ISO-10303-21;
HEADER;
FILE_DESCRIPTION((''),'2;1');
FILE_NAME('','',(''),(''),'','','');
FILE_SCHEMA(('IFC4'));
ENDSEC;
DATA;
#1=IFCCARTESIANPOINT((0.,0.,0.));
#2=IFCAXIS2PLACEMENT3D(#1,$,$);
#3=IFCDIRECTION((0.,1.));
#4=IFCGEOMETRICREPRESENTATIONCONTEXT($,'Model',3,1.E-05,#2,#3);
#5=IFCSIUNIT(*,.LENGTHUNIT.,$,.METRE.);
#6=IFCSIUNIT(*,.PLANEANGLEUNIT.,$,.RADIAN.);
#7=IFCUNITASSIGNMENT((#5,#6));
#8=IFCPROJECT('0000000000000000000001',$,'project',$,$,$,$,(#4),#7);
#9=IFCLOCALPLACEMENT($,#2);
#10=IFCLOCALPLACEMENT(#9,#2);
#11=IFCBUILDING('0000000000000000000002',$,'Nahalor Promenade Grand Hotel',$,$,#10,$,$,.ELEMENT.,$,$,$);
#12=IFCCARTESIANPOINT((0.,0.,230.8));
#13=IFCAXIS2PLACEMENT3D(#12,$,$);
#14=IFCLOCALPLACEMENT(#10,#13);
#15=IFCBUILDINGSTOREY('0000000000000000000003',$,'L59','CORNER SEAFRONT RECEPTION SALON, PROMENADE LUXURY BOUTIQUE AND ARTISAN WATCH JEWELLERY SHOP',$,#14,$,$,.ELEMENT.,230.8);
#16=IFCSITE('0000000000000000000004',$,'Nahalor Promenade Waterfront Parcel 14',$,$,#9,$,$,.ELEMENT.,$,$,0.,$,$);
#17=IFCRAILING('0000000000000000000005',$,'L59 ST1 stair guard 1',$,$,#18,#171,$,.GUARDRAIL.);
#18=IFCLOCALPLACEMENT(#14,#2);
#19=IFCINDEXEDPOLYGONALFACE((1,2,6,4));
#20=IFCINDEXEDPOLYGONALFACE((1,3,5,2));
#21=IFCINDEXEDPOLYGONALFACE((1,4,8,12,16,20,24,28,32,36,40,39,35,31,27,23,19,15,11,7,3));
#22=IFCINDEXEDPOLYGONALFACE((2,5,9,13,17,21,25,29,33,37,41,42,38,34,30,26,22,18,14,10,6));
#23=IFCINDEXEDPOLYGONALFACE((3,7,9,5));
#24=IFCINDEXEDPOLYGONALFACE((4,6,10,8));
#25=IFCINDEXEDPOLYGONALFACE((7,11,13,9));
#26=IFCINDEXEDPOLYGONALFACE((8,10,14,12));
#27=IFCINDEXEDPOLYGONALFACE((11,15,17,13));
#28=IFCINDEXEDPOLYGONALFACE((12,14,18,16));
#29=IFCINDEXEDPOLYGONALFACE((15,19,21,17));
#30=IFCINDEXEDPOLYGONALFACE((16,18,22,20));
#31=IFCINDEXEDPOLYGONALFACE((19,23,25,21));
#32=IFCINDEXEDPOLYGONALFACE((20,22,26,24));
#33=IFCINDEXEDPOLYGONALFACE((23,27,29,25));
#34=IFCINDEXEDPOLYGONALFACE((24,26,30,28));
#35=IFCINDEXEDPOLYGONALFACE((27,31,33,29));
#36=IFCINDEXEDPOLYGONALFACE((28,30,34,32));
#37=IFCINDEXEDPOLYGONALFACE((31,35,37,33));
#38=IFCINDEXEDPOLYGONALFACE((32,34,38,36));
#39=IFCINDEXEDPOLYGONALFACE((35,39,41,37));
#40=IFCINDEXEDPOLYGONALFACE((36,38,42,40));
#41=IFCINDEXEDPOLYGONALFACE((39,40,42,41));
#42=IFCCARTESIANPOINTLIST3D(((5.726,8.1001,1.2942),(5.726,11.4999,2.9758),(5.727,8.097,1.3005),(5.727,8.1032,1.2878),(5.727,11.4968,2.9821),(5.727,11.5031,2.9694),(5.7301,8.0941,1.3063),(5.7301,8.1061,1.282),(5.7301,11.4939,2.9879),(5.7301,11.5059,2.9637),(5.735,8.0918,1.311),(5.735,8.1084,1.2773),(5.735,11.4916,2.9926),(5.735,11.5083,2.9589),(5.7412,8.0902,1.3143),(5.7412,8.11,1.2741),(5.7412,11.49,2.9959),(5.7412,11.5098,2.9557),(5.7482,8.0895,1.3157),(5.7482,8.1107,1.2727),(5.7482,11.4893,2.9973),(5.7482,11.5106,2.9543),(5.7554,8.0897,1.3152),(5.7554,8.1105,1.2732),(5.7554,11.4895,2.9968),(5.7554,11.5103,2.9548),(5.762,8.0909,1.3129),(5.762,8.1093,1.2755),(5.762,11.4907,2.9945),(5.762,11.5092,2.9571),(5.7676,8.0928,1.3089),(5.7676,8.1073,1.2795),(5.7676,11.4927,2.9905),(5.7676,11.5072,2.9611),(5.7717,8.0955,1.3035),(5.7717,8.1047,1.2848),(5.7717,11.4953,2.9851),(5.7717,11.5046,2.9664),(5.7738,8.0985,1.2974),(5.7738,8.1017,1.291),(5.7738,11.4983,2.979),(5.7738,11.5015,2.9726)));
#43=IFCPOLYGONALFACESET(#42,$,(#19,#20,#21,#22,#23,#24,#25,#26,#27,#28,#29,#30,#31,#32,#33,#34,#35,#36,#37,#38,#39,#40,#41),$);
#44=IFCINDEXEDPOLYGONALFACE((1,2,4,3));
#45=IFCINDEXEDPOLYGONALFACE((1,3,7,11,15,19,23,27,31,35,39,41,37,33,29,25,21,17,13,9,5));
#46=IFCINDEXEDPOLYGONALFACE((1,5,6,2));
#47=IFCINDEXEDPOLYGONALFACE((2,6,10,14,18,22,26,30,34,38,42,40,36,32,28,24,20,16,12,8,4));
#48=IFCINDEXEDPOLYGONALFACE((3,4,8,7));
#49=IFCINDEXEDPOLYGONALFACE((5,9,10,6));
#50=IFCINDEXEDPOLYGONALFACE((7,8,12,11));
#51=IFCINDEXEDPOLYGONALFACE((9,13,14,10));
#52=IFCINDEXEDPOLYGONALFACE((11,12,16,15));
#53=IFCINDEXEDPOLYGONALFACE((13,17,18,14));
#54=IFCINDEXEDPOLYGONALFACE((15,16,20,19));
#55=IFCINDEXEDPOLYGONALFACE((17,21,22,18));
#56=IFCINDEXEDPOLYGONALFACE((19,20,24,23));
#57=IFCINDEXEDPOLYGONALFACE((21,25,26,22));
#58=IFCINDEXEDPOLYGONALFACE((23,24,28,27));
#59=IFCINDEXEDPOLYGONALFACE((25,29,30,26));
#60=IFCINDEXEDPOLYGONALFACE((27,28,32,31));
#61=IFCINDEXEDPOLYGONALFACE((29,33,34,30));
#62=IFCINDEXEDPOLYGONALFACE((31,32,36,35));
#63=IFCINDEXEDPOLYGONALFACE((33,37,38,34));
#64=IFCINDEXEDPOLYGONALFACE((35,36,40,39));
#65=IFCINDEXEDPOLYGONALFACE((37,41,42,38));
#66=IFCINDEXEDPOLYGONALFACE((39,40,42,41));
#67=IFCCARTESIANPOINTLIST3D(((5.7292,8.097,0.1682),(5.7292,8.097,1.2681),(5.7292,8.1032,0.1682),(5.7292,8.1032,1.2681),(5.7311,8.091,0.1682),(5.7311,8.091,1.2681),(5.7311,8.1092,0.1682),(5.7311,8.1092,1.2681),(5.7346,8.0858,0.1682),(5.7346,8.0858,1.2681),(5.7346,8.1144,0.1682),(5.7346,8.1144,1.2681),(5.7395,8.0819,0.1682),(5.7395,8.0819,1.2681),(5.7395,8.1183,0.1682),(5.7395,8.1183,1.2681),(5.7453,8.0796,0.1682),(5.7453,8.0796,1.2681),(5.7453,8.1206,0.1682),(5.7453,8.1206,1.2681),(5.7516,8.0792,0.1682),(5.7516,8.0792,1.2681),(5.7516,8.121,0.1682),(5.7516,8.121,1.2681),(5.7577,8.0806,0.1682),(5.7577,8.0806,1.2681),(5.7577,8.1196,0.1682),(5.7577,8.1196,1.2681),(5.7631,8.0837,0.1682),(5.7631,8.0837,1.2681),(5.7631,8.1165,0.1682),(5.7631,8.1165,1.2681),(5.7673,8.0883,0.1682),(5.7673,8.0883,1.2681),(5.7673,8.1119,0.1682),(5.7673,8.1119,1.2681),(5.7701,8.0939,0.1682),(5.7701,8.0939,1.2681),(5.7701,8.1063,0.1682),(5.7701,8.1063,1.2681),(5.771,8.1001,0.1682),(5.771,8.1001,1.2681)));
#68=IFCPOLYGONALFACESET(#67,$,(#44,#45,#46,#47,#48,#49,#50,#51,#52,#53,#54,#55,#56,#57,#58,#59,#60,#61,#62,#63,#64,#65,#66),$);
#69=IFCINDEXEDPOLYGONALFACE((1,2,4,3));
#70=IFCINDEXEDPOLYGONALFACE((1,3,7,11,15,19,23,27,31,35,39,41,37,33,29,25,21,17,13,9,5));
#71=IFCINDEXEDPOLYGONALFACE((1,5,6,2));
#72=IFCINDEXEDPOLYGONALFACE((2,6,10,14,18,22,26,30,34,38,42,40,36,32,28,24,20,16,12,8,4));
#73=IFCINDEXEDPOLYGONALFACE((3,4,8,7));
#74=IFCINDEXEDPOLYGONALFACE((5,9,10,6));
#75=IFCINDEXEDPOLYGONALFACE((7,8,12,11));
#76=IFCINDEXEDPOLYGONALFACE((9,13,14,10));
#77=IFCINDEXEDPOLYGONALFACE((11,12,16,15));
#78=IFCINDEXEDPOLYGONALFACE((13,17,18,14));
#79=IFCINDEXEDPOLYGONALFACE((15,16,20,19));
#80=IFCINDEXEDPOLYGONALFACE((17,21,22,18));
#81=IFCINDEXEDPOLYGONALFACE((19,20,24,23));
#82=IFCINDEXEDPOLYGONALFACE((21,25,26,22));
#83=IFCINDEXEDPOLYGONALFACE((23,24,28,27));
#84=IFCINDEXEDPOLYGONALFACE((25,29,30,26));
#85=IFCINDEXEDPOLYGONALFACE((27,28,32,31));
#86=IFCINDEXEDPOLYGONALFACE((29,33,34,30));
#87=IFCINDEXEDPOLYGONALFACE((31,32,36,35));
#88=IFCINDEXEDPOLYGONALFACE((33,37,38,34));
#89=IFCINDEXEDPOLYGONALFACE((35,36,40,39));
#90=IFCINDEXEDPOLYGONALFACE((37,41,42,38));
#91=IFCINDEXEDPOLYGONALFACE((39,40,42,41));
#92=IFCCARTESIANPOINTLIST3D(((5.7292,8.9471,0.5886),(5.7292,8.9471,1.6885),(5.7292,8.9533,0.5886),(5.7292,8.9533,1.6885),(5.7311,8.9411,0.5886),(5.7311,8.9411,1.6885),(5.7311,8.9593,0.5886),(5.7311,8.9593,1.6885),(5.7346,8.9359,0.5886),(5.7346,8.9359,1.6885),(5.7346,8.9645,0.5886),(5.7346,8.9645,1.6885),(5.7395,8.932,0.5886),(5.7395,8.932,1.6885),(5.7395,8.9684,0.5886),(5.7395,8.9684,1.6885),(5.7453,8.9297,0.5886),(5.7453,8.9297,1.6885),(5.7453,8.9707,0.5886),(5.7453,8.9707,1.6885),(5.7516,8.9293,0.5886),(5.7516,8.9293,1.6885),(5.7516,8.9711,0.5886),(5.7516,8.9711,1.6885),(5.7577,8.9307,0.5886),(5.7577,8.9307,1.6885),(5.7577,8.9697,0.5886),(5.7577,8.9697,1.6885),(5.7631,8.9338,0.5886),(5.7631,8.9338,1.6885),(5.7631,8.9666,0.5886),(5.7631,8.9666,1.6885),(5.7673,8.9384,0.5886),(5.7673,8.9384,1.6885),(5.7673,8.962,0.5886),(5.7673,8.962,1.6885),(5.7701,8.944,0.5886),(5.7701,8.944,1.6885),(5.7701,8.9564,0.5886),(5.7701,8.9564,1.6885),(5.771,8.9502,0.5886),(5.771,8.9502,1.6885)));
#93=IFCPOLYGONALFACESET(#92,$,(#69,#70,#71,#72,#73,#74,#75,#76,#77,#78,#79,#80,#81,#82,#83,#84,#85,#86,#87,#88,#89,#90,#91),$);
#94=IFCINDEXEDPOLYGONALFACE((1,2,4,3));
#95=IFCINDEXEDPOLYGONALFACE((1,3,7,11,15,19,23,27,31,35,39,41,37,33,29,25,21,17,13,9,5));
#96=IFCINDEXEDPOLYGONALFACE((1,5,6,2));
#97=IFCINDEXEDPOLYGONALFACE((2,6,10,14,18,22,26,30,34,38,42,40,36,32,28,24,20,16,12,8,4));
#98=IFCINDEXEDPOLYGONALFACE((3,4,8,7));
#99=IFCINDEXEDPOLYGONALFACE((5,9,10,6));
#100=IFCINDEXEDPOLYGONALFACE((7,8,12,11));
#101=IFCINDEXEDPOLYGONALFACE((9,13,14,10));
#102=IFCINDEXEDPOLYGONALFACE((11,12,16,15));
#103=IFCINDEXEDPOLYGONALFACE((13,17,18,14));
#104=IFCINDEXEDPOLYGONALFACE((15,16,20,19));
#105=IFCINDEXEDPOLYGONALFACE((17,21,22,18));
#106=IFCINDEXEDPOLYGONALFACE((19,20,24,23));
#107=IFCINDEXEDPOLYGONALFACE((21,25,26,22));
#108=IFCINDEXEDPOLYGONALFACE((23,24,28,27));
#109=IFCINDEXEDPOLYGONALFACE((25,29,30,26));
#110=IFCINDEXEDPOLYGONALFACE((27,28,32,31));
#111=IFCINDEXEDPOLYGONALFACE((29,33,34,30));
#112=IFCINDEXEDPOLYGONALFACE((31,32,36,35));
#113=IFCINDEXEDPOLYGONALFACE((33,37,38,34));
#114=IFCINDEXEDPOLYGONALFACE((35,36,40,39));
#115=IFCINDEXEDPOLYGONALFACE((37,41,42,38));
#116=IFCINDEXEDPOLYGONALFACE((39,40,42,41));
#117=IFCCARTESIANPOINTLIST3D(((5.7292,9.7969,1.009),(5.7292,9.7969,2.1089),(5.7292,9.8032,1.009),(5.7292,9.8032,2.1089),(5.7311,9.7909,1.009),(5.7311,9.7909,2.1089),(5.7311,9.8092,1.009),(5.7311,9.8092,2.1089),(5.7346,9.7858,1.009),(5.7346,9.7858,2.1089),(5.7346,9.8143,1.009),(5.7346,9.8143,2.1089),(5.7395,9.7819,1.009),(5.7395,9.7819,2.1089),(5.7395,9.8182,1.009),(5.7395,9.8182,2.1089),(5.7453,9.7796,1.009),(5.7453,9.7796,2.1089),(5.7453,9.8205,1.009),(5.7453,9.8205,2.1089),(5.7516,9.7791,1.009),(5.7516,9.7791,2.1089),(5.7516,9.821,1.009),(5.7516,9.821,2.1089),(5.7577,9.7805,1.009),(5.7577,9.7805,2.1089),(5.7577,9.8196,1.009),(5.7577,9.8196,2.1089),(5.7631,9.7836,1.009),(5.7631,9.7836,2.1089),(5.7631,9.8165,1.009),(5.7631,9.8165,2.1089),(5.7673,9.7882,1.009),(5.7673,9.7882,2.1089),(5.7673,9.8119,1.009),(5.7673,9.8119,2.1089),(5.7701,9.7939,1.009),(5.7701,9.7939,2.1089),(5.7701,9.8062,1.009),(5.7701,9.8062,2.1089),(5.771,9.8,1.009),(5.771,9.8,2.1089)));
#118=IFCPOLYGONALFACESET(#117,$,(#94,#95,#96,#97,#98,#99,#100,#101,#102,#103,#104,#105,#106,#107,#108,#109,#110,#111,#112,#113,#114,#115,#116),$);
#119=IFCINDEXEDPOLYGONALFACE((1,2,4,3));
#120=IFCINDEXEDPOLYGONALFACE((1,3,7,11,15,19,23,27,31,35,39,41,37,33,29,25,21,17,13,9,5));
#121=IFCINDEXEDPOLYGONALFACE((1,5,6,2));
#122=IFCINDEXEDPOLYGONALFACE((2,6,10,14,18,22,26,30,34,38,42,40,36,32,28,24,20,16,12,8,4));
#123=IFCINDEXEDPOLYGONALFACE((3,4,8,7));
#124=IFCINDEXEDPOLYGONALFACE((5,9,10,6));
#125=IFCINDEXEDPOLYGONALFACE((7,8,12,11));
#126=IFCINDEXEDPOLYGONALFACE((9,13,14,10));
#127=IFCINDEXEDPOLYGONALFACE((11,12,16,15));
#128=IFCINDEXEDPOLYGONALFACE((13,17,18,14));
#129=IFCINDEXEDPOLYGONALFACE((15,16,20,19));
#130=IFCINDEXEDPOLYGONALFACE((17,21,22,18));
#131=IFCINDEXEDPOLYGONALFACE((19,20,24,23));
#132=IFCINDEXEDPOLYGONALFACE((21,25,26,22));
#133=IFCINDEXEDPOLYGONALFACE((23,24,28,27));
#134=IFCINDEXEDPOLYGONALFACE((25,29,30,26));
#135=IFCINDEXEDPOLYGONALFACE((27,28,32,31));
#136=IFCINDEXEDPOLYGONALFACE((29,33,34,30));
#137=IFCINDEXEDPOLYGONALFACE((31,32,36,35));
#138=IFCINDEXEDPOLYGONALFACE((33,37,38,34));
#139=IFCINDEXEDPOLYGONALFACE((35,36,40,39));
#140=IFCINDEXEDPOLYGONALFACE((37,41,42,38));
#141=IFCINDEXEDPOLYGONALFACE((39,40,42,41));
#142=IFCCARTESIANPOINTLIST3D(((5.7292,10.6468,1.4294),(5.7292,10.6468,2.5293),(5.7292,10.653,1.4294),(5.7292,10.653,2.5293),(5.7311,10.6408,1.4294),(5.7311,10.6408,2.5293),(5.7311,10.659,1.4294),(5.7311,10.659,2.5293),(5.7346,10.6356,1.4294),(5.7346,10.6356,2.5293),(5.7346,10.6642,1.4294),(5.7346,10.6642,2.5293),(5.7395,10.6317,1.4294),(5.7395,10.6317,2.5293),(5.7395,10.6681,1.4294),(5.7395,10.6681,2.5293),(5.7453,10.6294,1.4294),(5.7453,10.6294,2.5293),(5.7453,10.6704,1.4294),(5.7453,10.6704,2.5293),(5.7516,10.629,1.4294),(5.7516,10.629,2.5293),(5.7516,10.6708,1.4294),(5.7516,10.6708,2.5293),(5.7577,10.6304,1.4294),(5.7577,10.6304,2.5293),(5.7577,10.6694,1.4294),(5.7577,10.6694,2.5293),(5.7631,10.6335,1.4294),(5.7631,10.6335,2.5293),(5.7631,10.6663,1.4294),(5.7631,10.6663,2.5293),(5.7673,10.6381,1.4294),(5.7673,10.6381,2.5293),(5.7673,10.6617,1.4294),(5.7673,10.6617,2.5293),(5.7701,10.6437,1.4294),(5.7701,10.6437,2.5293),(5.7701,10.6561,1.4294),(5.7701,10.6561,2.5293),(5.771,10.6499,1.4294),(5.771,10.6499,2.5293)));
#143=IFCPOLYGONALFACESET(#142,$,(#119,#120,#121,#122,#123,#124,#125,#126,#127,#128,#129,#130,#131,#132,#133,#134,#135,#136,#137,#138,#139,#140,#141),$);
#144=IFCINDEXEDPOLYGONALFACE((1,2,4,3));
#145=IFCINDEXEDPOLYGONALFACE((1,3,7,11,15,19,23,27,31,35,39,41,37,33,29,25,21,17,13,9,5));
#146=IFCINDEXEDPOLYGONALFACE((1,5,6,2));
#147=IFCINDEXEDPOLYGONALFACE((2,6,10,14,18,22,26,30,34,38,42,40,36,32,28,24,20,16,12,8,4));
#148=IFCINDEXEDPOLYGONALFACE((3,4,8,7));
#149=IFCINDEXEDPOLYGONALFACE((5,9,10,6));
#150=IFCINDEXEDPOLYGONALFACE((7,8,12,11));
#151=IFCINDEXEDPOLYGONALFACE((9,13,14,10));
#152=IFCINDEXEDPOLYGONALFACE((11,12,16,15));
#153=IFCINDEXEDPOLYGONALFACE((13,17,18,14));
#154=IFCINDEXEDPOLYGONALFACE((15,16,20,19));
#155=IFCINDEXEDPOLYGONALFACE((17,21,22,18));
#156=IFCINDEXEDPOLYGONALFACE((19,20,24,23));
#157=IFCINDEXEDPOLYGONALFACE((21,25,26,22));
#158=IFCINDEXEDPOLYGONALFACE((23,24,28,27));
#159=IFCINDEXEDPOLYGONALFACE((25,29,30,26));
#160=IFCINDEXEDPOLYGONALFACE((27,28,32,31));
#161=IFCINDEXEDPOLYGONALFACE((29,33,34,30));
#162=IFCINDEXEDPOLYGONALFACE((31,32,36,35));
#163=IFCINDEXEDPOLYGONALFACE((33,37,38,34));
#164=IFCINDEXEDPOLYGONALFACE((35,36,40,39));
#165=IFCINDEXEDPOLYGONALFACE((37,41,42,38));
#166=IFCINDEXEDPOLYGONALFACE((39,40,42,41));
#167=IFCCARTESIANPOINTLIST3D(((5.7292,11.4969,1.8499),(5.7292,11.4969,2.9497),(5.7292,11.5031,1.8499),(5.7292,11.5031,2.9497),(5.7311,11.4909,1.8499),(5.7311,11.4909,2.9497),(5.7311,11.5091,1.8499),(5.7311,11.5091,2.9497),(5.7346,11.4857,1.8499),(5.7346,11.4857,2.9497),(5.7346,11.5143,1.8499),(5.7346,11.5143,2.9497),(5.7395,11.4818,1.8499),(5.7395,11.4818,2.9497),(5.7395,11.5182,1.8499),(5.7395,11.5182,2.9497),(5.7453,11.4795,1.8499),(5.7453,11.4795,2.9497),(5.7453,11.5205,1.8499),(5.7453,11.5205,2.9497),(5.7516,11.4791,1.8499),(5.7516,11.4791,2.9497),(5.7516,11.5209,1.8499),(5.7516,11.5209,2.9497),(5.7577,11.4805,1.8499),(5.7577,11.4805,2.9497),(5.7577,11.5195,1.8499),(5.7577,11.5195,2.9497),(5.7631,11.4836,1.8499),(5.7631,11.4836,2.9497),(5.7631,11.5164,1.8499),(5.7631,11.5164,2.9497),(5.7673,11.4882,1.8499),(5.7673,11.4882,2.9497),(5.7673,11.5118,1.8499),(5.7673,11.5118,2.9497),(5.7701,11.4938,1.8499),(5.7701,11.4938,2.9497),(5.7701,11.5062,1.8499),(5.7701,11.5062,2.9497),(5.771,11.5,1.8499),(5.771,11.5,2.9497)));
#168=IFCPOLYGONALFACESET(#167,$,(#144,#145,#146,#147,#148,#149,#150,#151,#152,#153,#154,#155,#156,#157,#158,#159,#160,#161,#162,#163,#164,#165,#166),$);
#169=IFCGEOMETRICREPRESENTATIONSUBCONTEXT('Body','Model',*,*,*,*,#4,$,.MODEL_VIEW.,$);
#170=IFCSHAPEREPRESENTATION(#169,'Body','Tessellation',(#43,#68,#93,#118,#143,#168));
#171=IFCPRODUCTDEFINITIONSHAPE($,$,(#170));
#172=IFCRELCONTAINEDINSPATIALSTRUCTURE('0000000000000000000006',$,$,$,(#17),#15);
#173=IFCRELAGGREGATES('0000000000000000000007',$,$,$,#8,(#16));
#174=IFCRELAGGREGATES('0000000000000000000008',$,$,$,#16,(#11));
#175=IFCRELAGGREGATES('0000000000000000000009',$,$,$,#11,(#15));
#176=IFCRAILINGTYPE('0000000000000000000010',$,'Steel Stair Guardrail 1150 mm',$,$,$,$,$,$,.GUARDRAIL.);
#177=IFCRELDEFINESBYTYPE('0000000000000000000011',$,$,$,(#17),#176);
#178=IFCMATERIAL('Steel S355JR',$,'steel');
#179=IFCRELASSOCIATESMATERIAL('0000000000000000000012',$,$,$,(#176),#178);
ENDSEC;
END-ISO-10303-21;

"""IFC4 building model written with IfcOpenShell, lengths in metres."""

from ifc_helpers import new_model, si_unit, direction, frame, origin, origin_2d, place, context, subcontext, project, spatial, circle, extrude, material, type_object, element, save


model = new_model("IFC4")

# Units and contexts
model_context = context("Model", 3, precision=1e-05, world=origin(), true_north=direction((0.0, 1.0)))
body_context = subcontext(model_context, "Body", "Model", "MODEL_VIEW")
ifc_project = project(units=[si_unit("LENGTHUNIT", "METRE"), si_unit("PLANEANGLEUNIT", "RADIAN")], contexts=[model_context])

# Site, building, storey
site_placement = place(None, origin())
site = spatial("IfcSite", under=ifc_project, at=site_placement, Name="Nahalor Promenade Waterfront Parcel 14", CompositionType="ELEMENT", RefElevation=0.0)
building_placement = place(site_placement, origin())
building = spatial("IfcBuilding", under=site, at=building_placement, Name="Nahalor Promenade Grand Hotel", CompositionType="ELEMENT")
storey_placement = place(building_placement, frame((0.0, 0.0, 230.8)))
storey = spatial("IfcBuildingStorey", under=building, at=storey_placement, Name="L59", Description="CORNER SEAFRONT RECEPTION SALON, PROMENADE LUXURY BOUTIQUE AND ARTISAN WATCH JEWELLERY SHOP", CompositionType="ELEMENT", Elevation=230.8)

# Shared definitions
ifc_material_1 = material(Name="Steel S355JR", Category="steel")

# Railing
railing_type_1 = type_object("IfcRailingType", Name="Steel Stair Guardrail 1150 mm", PredefinedType="GUARDRAIL", material=ifc_material_1)
railing_1_placement = place(storey_placement, frame((5.75, 8.1001, 0.1682)))
element("IfcRailing", 1, at=railing_1_placement, inside=storey, type_object=railing_type_1, Name="L59 ST1 stair guard 1", PredefinedType="GUARDRAIL", context=body_context, shape_type="SweptSolid", body=[
    extrude(circle(Radius=0.024, at=origin_2d()), frame((0.0, 0.0, 1.126), z_axis=(0.0, 0.89635, 0.443348), x_axis=(-1.0, 0.0, 0.0)), (0.0, 0.0, 1.0), 3.793),
    extrude(circle(Radius=0.021, at=origin_2d()), origin(), (0.0, 0.0, 1.0), 1.0999),
    extrude(circle(Radius=0.021, at=origin_2d()), frame((0.0, 0.8501, 0.4204)), (0.0, 0.0, 1.0), 1.0999),
    extrude(circle(Radius=0.021, at=origin_2d()), frame((0.0, 1.7, 0.8408)), (0.0, 0.0, 1.0), 1.0999),
    extrude(circle(Radius=0.021, at=origin_2d()), frame((0.0, 2.5498, 1.2612)), (0.0, 0.0, 1.0), 1.0999),
    extrude(circle(Radius=0.021, at=origin_2d()), frame((0.0, 3.3999, 1.6816)), (0.0, 0.0, 1.0), 1.0999),
])

save(model, "model.ifc")
